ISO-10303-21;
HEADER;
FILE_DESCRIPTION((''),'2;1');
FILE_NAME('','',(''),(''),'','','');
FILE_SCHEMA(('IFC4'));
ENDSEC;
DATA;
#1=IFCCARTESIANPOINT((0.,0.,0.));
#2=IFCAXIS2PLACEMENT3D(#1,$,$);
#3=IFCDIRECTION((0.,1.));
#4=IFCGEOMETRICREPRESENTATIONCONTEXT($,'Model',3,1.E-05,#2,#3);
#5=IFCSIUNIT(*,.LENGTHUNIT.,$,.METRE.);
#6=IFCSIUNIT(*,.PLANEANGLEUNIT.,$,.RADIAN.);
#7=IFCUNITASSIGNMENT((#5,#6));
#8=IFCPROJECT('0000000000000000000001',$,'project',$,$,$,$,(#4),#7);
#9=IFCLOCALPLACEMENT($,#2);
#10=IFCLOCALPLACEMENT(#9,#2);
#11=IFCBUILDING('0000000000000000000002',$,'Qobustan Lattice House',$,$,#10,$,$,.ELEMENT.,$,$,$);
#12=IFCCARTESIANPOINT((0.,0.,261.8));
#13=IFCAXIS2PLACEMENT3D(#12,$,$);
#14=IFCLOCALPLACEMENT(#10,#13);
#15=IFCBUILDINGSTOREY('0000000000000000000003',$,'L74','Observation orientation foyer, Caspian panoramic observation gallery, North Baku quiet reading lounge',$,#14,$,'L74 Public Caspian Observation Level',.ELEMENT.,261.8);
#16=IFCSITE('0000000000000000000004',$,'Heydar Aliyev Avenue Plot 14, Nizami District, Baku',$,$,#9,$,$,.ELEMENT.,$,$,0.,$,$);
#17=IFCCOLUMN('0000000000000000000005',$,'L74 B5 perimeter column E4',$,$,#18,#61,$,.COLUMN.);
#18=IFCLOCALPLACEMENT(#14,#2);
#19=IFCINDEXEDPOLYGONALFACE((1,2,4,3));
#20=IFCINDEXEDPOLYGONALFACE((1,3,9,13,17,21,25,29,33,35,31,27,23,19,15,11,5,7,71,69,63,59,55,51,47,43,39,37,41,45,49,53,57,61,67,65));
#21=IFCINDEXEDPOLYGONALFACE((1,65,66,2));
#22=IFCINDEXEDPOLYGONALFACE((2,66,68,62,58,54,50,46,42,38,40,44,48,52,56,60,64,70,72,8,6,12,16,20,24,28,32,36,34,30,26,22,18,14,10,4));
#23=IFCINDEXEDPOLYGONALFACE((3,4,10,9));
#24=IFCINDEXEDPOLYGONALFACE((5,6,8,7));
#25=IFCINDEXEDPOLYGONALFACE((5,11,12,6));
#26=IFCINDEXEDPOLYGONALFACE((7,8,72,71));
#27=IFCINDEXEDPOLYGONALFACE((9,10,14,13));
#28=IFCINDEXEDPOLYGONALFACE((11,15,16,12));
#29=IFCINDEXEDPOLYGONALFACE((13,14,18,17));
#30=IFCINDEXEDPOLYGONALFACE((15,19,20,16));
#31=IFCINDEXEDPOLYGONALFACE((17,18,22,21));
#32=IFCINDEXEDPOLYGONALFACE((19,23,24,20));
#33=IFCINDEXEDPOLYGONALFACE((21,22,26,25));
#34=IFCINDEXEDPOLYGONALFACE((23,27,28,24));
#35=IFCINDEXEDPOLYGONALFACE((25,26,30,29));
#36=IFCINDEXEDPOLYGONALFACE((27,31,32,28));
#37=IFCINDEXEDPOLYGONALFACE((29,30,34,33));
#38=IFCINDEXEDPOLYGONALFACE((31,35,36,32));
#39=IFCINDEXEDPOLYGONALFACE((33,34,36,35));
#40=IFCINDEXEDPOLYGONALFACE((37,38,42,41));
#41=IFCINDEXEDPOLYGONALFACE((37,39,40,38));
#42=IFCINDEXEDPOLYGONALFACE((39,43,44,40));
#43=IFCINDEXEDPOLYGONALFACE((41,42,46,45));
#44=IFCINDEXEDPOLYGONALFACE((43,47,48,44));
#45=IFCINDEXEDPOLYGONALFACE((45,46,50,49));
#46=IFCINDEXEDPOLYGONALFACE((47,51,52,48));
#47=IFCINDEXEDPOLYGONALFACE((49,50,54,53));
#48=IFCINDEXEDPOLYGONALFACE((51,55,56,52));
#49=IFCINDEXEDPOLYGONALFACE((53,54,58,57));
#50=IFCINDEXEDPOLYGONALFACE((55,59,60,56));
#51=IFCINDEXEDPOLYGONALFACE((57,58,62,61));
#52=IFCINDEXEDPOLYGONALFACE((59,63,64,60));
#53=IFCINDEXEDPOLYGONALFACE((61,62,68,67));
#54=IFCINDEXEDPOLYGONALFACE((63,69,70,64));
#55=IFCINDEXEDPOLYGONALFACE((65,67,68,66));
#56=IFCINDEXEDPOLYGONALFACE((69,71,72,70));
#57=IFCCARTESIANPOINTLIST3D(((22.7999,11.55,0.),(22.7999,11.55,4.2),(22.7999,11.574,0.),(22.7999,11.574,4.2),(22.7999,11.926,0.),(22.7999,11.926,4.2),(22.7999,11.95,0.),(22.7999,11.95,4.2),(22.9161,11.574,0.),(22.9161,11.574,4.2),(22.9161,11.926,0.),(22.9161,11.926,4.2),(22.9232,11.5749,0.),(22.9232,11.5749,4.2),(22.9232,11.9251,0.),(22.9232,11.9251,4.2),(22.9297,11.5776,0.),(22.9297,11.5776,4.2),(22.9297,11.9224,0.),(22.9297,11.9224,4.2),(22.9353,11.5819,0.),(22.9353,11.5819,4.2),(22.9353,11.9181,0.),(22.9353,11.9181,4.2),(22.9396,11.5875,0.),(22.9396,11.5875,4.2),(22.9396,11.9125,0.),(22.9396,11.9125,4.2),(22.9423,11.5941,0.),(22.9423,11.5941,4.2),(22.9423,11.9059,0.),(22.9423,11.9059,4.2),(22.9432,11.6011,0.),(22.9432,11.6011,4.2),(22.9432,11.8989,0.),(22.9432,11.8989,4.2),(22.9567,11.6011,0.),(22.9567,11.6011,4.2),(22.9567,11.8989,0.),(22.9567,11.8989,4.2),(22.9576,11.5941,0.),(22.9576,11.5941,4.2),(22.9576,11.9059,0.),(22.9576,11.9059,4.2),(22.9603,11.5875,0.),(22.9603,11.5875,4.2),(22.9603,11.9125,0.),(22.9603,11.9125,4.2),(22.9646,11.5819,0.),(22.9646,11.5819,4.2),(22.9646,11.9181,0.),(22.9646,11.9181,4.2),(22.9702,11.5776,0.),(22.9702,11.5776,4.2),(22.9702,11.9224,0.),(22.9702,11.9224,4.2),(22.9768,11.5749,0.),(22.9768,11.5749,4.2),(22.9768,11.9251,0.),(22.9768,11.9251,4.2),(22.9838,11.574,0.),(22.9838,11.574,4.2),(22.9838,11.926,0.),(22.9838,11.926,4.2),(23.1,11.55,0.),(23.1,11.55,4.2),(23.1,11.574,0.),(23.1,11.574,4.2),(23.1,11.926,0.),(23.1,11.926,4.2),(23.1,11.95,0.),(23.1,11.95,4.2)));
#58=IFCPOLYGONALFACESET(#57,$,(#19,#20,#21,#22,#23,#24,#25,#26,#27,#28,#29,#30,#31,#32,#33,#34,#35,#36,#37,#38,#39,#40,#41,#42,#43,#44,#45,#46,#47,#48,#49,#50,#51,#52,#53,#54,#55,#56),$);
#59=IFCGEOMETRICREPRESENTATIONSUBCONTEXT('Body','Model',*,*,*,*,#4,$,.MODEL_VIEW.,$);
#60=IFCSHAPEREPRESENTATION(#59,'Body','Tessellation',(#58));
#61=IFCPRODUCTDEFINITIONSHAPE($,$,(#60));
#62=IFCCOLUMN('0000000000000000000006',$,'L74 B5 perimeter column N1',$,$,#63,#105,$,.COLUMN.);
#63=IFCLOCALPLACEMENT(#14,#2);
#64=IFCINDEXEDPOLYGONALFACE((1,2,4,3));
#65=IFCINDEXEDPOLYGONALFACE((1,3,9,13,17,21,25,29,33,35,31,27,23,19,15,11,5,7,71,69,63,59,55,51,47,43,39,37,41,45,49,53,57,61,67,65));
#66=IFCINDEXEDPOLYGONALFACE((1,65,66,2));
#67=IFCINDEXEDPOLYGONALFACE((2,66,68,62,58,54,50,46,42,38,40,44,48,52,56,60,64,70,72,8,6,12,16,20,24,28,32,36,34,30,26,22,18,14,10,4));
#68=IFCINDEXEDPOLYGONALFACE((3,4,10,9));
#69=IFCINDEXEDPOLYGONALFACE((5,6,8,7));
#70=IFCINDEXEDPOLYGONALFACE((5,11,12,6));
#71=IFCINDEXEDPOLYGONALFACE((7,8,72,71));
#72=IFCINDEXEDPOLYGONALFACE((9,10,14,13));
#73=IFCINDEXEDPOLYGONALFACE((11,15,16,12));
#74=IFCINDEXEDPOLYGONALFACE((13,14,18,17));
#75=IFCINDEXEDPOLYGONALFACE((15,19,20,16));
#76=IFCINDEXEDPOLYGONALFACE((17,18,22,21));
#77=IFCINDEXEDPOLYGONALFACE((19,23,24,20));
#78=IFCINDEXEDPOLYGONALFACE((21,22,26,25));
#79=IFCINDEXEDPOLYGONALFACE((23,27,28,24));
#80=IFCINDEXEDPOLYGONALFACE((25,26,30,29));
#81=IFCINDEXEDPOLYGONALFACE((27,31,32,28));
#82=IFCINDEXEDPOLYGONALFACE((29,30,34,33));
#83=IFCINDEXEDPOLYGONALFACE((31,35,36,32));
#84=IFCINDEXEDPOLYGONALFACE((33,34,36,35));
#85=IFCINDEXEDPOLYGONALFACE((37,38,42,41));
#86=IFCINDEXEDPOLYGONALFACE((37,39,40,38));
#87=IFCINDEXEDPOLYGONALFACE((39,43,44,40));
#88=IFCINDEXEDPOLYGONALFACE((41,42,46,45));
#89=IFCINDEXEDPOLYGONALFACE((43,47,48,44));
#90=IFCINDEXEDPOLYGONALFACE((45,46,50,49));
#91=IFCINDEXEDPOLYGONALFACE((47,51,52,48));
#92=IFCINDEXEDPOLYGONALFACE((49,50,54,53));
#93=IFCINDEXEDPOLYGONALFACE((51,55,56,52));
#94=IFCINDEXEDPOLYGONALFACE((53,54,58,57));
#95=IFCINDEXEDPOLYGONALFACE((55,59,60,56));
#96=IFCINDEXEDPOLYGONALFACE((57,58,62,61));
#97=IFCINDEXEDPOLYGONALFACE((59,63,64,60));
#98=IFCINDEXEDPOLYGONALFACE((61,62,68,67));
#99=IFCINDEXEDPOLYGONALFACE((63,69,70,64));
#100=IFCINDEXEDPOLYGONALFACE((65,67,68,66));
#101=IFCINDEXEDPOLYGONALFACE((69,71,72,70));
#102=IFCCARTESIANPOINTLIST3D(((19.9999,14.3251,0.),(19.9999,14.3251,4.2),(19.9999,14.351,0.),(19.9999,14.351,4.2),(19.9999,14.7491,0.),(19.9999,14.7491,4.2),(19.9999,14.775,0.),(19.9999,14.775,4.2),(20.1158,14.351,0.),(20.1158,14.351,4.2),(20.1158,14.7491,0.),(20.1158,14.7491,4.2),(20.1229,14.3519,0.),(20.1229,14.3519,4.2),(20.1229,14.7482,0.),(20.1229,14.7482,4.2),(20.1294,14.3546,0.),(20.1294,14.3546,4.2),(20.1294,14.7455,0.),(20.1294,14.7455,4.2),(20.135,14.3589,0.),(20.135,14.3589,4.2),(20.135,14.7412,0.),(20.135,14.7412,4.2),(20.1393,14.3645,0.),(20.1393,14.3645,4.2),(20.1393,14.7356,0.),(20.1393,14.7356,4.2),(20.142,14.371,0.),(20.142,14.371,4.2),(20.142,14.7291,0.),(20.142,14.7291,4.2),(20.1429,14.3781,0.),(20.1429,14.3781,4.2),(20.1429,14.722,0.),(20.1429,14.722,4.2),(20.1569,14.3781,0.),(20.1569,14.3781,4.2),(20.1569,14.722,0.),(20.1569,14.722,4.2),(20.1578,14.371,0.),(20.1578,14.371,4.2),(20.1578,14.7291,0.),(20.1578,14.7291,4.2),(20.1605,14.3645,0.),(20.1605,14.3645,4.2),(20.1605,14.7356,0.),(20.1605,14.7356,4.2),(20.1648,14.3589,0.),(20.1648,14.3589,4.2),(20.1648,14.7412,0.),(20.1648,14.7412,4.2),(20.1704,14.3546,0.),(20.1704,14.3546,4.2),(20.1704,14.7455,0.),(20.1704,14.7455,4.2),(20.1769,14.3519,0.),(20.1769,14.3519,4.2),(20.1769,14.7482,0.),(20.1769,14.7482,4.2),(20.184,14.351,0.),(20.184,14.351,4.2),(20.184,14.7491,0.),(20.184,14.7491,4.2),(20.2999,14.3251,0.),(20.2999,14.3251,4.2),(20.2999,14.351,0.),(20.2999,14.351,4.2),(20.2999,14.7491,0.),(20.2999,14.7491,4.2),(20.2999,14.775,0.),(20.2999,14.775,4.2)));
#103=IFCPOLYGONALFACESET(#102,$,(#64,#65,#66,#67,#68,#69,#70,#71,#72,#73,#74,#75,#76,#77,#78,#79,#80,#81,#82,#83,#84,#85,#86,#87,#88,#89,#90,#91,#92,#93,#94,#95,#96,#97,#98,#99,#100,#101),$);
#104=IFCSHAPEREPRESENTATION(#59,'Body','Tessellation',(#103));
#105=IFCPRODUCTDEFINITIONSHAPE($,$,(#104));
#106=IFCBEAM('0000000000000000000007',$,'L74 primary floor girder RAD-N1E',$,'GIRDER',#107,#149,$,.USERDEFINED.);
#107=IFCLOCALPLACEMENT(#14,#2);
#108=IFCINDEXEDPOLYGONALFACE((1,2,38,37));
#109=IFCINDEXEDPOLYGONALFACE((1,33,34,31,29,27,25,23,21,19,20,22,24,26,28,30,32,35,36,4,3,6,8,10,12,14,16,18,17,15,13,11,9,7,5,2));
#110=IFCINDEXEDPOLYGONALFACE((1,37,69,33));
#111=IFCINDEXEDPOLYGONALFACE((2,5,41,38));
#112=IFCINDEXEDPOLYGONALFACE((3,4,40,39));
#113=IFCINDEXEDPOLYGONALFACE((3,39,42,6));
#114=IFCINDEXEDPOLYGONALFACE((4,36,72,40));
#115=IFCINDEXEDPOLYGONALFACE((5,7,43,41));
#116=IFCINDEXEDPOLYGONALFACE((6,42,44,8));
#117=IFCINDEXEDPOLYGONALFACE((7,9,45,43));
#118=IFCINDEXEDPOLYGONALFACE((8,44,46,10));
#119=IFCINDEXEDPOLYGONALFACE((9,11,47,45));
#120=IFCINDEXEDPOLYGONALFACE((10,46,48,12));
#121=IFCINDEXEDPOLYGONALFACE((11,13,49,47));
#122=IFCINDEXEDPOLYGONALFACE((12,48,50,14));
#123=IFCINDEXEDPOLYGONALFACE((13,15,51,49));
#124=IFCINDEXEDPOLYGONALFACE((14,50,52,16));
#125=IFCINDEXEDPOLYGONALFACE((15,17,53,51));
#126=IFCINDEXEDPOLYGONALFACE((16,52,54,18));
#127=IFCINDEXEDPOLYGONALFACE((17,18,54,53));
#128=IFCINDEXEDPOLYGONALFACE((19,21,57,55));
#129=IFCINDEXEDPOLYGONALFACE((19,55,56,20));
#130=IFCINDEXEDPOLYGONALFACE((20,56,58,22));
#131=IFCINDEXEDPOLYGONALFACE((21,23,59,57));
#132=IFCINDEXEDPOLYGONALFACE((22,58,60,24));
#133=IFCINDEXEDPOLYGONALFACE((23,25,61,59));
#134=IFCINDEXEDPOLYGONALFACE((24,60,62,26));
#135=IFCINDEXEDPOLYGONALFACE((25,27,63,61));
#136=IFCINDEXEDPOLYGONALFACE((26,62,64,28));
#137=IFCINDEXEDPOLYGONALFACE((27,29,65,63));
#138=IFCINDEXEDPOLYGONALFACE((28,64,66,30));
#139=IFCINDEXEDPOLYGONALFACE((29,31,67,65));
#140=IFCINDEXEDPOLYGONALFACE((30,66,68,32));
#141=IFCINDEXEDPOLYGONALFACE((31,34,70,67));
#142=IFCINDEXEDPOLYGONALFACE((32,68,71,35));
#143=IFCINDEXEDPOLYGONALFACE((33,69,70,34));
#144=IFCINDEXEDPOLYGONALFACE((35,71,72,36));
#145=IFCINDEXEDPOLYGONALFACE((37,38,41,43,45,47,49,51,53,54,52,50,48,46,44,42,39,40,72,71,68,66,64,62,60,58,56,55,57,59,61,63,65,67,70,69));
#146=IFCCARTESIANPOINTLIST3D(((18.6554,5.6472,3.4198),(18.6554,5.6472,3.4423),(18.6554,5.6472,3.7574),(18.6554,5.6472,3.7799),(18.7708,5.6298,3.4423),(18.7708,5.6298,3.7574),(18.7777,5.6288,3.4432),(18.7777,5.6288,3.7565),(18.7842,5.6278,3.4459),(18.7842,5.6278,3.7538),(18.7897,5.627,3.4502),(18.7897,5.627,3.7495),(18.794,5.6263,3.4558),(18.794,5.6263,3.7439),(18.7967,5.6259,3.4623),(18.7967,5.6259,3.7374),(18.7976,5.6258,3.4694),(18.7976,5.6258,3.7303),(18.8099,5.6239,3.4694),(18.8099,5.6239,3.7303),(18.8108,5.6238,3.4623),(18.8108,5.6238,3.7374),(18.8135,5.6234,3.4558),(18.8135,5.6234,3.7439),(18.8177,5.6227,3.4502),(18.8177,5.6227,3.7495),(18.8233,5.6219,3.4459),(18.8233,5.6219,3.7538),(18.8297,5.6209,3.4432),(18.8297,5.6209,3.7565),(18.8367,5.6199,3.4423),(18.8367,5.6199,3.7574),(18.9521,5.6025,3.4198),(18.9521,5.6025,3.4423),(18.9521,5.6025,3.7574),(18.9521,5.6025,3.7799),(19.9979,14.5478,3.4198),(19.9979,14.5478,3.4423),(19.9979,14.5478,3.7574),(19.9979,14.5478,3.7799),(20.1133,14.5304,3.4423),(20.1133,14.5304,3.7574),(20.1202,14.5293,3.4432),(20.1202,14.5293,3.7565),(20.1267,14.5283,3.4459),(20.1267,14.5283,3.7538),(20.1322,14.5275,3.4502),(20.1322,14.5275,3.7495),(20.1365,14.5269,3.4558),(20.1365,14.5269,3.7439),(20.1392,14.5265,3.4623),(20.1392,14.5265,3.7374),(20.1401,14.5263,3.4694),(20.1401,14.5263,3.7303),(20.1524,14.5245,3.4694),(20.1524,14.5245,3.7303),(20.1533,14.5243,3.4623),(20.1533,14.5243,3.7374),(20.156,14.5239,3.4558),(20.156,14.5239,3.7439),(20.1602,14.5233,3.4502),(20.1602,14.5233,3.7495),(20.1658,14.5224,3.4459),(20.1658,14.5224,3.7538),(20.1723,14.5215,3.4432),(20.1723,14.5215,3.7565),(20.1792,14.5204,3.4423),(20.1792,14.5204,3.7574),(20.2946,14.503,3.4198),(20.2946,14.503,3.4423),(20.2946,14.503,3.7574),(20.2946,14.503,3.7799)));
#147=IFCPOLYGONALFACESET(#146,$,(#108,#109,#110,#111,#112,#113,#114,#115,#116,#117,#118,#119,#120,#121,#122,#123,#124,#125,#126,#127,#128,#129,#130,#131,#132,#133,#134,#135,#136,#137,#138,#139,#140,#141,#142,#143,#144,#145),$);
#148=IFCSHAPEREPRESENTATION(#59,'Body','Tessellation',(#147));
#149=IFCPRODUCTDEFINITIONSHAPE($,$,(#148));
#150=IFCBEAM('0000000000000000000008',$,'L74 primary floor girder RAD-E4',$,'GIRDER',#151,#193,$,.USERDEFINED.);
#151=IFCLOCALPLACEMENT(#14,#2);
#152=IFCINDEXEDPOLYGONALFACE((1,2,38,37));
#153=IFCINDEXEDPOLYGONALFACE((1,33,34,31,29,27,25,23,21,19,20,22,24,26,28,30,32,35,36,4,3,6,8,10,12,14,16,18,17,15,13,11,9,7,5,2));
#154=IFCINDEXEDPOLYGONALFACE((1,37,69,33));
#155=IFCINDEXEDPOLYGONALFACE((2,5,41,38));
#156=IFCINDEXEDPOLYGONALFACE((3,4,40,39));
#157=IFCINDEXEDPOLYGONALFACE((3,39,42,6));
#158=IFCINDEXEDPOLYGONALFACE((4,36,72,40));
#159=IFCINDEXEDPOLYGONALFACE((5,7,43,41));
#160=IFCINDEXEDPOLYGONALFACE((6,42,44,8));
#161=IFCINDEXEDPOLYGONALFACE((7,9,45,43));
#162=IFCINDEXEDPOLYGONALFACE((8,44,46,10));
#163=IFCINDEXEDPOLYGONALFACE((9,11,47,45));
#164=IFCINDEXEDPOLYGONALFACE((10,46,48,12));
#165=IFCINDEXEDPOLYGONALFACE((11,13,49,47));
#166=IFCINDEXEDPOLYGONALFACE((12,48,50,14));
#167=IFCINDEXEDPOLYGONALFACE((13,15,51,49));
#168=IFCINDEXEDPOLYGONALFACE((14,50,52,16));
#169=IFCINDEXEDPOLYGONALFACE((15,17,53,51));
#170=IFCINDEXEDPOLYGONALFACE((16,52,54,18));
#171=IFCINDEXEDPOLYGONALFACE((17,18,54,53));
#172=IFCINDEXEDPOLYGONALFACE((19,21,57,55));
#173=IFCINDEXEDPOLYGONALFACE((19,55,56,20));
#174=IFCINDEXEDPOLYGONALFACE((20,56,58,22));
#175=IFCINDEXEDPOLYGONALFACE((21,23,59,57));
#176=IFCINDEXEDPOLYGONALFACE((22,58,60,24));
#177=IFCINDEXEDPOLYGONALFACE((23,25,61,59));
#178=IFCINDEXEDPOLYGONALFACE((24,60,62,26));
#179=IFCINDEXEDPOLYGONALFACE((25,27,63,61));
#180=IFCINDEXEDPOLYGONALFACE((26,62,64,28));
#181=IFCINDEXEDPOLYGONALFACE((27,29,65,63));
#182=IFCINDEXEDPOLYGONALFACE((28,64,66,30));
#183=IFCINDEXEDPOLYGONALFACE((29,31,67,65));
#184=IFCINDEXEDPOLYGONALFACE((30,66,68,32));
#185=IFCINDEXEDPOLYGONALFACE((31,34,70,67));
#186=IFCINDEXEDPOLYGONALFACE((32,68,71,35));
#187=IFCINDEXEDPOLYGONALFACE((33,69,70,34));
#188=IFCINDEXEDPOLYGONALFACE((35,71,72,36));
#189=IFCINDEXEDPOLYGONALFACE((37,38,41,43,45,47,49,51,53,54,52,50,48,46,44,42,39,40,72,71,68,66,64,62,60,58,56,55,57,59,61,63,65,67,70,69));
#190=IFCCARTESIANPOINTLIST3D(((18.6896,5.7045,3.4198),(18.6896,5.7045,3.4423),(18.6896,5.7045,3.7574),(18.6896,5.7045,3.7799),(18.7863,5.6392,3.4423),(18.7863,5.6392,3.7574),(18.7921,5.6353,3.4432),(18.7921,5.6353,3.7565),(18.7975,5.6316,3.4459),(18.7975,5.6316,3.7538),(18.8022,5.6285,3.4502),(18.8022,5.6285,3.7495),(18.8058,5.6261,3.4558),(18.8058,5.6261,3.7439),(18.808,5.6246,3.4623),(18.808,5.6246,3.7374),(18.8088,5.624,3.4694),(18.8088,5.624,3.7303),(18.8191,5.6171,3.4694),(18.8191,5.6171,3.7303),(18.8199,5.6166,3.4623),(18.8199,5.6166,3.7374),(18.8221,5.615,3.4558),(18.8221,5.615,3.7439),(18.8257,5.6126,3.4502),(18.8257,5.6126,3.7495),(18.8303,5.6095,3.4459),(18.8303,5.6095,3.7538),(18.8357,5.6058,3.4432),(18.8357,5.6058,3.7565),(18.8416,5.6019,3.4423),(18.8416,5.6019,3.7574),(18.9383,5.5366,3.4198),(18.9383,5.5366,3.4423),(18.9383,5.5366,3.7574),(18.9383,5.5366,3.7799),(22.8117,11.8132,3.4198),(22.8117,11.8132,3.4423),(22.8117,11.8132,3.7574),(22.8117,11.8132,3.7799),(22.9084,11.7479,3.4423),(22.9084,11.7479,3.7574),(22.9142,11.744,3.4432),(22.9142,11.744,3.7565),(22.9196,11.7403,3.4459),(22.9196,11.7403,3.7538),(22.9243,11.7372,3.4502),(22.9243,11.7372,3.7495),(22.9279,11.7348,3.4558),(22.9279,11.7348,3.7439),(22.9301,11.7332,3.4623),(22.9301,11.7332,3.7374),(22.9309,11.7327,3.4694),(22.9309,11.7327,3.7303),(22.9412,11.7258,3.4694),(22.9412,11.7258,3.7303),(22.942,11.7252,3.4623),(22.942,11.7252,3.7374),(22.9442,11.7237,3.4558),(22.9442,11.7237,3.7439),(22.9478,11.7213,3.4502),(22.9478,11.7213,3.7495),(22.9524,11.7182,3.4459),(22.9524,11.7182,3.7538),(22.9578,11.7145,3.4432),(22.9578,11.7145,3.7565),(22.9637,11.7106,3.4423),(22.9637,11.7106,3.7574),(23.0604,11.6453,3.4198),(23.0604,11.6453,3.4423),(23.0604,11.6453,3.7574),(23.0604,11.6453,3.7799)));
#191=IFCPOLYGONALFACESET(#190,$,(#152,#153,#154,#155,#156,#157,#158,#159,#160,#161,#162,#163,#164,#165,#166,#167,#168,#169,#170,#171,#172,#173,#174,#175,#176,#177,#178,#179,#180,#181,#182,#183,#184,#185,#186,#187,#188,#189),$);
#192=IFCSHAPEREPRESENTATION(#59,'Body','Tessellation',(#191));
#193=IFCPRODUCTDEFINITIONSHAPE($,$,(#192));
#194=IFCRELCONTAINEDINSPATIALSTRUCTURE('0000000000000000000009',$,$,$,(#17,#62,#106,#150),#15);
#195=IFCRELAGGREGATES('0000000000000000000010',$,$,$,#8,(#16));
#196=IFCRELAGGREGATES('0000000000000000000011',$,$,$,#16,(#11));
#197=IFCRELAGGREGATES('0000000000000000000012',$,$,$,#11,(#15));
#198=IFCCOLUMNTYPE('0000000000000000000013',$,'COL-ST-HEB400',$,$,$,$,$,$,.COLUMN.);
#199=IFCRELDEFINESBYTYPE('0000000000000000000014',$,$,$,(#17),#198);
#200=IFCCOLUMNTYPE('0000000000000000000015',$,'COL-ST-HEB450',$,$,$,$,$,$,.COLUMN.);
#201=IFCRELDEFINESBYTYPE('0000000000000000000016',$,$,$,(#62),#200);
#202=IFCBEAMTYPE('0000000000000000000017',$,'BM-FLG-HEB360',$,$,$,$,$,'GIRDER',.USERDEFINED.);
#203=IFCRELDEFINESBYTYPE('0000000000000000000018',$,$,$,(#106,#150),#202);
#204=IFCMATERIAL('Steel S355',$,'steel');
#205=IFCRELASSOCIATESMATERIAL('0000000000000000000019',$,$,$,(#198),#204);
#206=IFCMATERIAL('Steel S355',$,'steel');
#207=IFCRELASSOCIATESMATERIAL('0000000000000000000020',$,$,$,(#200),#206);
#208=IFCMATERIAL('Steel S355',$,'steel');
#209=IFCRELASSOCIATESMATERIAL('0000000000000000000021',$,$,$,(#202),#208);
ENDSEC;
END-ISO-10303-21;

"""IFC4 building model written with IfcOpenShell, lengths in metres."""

from ifc_helpers import new_model, si_unit, direction, frame, origin, origin_2d, place, context, subcontext, project, spatial, i_section, extrude, material, material_profile, profile_set, type_object, element, save


model = new_model("IFC4")

# Units and contexts
model_context = context("Model", 3, precision=1e-05, world=origin(), true_north=direction((0.0, 1.0)))
body_context = subcontext(model_context, "Body", "Model", "MODEL_VIEW")
ifc_project = project(units=[si_unit("LENGTHUNIT", "METRE"), si_unit("PLANEANGLEUNIT", "RADIAN")], contexts=[model_context])

# Site, building, storey
site_placement = place(None, origin())
site = spatial("IfcSite", under=ifc_project, at=site_placement, Name="Heydar Aliyev Avenue Plot 14, Nizami District, Baku", CompositionType="ELEMENT", RefElevation=0.0)
building_placement = place(site_placement, origin())
building = spatial("IfcBuilding", under=site, at=building_placement, Name="Qobustan Lattice House", CompositionType="ELEMENT")
storey_placement = place(building_placement, frame((0.0, 0.0, 261.8)))
storey = spatial("IfcBuildingStorey", under=building, at=storey_placement, Name="L74", Description="Observation orientation foyer, Caspian panoramic observation gallery, North Baku quiet reading lounge", LongName="L74 Public Caspian Observation Level", CompositionType="ELEMENT", Elevation=261.8)

# Columns
ifc_material_1 = material(Name="Steel S355", Category="steel")
ifc_material_profile_1 = material_profile(ifc_material_1, i_section(OverallWidth=0.3, OverallDepth=0.3999, WebThickness=0.0134, FlangeThickness=0.0239, FilletRadius=0.0271, at=origin_2d()), Name="HEB400")
ifc_profile_set_1 = profile_set([ifc_material_profile_1], Name="Steel S355")
column_type_1 = type_object("IfcColumnType", Name="COL-ST-HEB400", PredefinedType="COLUMN", material=ifc_profile_set_1)
column_1_placement = place(storey_placement, frame((22.95, 11.75, 0.0), z_axis=(0.0, 0.0, 1.0), x_axis=(1.0, 0.0, 0.0)))
element("IfcColumn", 1, at=column_1_placement, inside=storey, type_object=column_type_1, Name="L74 B5 perimeter column E4", PredefinedType="COLUMN", context=body_context, shape_type="SweptSolid", body=[
    extrude(i_section(OverallWidth=0.3, OverallDepth=0.3999, WebThickness=0.0134, FlangeThickness=0.0239, FilletRadius=0.0271, at=origin_2d()), origin(), (0.0, 0.0, 1.0), 4.2),
])
ifc_material_2 = material(Name="Steel S355", Category="steel")
ifc_material_profile_2 = material_profile(ifc_material_2, i_section(OverallWidth=0.3, OverallDepth=0.45, WebThickness=0.0139, FlangeThickness=0.0259, FilletRadius=0.0271, at=origin_2d()), Name="HEB450")
ifc_profile_set_2 = profile_set([ifc_material_profile_2], Name="Steel S355")
column_type_2 = type_object("IfcColumnType", Name="COL-ST-HEB450", PredefinedType="COLUMN", material=ifc_profile_set_2)
column_2_placement = place(storey_placement, frame((20.1499, 14.55, 0.0), z_axis=(0.0, 0.0, 1.0), x_axis=(1.0, 0.0, 0.0)))
element("IfcColumn", 2, at=column_2_placement, inside=storey, type_object=column_type_2, Name="L74 B5 perimeter column N1", PredefinedType="COLUMN", context=body_context, shape_type="SweptSolid", body=[
    extrude(i_section(OverallWidth=0.3, OverallDepth=0.45, WebThickness=0.0139, FlangeThickness=0.0259, FilletRadius=0.0271, at=origin_2d()), origin(), (0.0, 0.0, 1.0), 4.2),
])

# Beams
ifc_material_3 = material(Name="Steel S355", Category="steel")
ifc_material_profile_3 = material_profile(ifc_material_3, i_section(OverallWidth=0.3, OverallDepth=0.3601, WebThickness=0.0125, FlangeThickness=0.0225, FilletRadius=0.0271, at=origin_2d()), Name="HEB360")
ifc_profile_set_3 = profile_set([ifc_material_profile_3], Name="Steel S355")
beam_type_1 = type_object("IfcBeamType", Name="BM-FLG-HEB360", ElementType="GIRDER", PredefinedType="USERDEFINED", material=ifc_profile_set_3)
beam_1_placement = place(storey_placement, frame((20.1462, 14.5254, 3.5999), z_axis=(-0.149148, -0.988815, 0.0), x_axis=(0.988815, -0.149148, 0.0)))
element("IfcBeam", 3, at=beam_1_placement, inside=storey, type_object=beam_type_1, Name="L74 primary floor girder RAD-N1E", ObjectType="GIRDER", PredefinedType="USERDEFINED", context=body_context, shape_type="SweptSolid", body=[
    extrude(i_section(OverallWidth=0.3, OverallDepth=0.3601, WebThickness=0.0125, FlangeThickness=0.0225, FilletRadius=0.0271, at=origin_2d()), origin(), (0.0, 0.0, 1.0), 9.0012),
])
beam_2_placement = place(storey_placement, frame((22.936, 11.7292, 3.5999), z_axis=(-0.559355, -0.828928, 0.0), x_axis=(0.828928, -0.559355, 0.0)))
element("IfcBeam", 4, at=beam_2_placement, inside=storey, type_object=beam_type_1, Name="L74 primary floor girder RAD-E4", ObjectType="GIRDER", PredefinedType="USERDEFINED", context=body_context, shape_type="SweptSolid", body=[
    extrude(i_section(OverallWidth=0.3, OverallDepth=0.3601, WebThickness=0.0125, FlangeThickness=0.0225, FilletRadius=0.0271, at=origin_2d()), origin(), (0.0, 0.0, 1.0), 7.3694),
])

save(model, "model.ifc")
